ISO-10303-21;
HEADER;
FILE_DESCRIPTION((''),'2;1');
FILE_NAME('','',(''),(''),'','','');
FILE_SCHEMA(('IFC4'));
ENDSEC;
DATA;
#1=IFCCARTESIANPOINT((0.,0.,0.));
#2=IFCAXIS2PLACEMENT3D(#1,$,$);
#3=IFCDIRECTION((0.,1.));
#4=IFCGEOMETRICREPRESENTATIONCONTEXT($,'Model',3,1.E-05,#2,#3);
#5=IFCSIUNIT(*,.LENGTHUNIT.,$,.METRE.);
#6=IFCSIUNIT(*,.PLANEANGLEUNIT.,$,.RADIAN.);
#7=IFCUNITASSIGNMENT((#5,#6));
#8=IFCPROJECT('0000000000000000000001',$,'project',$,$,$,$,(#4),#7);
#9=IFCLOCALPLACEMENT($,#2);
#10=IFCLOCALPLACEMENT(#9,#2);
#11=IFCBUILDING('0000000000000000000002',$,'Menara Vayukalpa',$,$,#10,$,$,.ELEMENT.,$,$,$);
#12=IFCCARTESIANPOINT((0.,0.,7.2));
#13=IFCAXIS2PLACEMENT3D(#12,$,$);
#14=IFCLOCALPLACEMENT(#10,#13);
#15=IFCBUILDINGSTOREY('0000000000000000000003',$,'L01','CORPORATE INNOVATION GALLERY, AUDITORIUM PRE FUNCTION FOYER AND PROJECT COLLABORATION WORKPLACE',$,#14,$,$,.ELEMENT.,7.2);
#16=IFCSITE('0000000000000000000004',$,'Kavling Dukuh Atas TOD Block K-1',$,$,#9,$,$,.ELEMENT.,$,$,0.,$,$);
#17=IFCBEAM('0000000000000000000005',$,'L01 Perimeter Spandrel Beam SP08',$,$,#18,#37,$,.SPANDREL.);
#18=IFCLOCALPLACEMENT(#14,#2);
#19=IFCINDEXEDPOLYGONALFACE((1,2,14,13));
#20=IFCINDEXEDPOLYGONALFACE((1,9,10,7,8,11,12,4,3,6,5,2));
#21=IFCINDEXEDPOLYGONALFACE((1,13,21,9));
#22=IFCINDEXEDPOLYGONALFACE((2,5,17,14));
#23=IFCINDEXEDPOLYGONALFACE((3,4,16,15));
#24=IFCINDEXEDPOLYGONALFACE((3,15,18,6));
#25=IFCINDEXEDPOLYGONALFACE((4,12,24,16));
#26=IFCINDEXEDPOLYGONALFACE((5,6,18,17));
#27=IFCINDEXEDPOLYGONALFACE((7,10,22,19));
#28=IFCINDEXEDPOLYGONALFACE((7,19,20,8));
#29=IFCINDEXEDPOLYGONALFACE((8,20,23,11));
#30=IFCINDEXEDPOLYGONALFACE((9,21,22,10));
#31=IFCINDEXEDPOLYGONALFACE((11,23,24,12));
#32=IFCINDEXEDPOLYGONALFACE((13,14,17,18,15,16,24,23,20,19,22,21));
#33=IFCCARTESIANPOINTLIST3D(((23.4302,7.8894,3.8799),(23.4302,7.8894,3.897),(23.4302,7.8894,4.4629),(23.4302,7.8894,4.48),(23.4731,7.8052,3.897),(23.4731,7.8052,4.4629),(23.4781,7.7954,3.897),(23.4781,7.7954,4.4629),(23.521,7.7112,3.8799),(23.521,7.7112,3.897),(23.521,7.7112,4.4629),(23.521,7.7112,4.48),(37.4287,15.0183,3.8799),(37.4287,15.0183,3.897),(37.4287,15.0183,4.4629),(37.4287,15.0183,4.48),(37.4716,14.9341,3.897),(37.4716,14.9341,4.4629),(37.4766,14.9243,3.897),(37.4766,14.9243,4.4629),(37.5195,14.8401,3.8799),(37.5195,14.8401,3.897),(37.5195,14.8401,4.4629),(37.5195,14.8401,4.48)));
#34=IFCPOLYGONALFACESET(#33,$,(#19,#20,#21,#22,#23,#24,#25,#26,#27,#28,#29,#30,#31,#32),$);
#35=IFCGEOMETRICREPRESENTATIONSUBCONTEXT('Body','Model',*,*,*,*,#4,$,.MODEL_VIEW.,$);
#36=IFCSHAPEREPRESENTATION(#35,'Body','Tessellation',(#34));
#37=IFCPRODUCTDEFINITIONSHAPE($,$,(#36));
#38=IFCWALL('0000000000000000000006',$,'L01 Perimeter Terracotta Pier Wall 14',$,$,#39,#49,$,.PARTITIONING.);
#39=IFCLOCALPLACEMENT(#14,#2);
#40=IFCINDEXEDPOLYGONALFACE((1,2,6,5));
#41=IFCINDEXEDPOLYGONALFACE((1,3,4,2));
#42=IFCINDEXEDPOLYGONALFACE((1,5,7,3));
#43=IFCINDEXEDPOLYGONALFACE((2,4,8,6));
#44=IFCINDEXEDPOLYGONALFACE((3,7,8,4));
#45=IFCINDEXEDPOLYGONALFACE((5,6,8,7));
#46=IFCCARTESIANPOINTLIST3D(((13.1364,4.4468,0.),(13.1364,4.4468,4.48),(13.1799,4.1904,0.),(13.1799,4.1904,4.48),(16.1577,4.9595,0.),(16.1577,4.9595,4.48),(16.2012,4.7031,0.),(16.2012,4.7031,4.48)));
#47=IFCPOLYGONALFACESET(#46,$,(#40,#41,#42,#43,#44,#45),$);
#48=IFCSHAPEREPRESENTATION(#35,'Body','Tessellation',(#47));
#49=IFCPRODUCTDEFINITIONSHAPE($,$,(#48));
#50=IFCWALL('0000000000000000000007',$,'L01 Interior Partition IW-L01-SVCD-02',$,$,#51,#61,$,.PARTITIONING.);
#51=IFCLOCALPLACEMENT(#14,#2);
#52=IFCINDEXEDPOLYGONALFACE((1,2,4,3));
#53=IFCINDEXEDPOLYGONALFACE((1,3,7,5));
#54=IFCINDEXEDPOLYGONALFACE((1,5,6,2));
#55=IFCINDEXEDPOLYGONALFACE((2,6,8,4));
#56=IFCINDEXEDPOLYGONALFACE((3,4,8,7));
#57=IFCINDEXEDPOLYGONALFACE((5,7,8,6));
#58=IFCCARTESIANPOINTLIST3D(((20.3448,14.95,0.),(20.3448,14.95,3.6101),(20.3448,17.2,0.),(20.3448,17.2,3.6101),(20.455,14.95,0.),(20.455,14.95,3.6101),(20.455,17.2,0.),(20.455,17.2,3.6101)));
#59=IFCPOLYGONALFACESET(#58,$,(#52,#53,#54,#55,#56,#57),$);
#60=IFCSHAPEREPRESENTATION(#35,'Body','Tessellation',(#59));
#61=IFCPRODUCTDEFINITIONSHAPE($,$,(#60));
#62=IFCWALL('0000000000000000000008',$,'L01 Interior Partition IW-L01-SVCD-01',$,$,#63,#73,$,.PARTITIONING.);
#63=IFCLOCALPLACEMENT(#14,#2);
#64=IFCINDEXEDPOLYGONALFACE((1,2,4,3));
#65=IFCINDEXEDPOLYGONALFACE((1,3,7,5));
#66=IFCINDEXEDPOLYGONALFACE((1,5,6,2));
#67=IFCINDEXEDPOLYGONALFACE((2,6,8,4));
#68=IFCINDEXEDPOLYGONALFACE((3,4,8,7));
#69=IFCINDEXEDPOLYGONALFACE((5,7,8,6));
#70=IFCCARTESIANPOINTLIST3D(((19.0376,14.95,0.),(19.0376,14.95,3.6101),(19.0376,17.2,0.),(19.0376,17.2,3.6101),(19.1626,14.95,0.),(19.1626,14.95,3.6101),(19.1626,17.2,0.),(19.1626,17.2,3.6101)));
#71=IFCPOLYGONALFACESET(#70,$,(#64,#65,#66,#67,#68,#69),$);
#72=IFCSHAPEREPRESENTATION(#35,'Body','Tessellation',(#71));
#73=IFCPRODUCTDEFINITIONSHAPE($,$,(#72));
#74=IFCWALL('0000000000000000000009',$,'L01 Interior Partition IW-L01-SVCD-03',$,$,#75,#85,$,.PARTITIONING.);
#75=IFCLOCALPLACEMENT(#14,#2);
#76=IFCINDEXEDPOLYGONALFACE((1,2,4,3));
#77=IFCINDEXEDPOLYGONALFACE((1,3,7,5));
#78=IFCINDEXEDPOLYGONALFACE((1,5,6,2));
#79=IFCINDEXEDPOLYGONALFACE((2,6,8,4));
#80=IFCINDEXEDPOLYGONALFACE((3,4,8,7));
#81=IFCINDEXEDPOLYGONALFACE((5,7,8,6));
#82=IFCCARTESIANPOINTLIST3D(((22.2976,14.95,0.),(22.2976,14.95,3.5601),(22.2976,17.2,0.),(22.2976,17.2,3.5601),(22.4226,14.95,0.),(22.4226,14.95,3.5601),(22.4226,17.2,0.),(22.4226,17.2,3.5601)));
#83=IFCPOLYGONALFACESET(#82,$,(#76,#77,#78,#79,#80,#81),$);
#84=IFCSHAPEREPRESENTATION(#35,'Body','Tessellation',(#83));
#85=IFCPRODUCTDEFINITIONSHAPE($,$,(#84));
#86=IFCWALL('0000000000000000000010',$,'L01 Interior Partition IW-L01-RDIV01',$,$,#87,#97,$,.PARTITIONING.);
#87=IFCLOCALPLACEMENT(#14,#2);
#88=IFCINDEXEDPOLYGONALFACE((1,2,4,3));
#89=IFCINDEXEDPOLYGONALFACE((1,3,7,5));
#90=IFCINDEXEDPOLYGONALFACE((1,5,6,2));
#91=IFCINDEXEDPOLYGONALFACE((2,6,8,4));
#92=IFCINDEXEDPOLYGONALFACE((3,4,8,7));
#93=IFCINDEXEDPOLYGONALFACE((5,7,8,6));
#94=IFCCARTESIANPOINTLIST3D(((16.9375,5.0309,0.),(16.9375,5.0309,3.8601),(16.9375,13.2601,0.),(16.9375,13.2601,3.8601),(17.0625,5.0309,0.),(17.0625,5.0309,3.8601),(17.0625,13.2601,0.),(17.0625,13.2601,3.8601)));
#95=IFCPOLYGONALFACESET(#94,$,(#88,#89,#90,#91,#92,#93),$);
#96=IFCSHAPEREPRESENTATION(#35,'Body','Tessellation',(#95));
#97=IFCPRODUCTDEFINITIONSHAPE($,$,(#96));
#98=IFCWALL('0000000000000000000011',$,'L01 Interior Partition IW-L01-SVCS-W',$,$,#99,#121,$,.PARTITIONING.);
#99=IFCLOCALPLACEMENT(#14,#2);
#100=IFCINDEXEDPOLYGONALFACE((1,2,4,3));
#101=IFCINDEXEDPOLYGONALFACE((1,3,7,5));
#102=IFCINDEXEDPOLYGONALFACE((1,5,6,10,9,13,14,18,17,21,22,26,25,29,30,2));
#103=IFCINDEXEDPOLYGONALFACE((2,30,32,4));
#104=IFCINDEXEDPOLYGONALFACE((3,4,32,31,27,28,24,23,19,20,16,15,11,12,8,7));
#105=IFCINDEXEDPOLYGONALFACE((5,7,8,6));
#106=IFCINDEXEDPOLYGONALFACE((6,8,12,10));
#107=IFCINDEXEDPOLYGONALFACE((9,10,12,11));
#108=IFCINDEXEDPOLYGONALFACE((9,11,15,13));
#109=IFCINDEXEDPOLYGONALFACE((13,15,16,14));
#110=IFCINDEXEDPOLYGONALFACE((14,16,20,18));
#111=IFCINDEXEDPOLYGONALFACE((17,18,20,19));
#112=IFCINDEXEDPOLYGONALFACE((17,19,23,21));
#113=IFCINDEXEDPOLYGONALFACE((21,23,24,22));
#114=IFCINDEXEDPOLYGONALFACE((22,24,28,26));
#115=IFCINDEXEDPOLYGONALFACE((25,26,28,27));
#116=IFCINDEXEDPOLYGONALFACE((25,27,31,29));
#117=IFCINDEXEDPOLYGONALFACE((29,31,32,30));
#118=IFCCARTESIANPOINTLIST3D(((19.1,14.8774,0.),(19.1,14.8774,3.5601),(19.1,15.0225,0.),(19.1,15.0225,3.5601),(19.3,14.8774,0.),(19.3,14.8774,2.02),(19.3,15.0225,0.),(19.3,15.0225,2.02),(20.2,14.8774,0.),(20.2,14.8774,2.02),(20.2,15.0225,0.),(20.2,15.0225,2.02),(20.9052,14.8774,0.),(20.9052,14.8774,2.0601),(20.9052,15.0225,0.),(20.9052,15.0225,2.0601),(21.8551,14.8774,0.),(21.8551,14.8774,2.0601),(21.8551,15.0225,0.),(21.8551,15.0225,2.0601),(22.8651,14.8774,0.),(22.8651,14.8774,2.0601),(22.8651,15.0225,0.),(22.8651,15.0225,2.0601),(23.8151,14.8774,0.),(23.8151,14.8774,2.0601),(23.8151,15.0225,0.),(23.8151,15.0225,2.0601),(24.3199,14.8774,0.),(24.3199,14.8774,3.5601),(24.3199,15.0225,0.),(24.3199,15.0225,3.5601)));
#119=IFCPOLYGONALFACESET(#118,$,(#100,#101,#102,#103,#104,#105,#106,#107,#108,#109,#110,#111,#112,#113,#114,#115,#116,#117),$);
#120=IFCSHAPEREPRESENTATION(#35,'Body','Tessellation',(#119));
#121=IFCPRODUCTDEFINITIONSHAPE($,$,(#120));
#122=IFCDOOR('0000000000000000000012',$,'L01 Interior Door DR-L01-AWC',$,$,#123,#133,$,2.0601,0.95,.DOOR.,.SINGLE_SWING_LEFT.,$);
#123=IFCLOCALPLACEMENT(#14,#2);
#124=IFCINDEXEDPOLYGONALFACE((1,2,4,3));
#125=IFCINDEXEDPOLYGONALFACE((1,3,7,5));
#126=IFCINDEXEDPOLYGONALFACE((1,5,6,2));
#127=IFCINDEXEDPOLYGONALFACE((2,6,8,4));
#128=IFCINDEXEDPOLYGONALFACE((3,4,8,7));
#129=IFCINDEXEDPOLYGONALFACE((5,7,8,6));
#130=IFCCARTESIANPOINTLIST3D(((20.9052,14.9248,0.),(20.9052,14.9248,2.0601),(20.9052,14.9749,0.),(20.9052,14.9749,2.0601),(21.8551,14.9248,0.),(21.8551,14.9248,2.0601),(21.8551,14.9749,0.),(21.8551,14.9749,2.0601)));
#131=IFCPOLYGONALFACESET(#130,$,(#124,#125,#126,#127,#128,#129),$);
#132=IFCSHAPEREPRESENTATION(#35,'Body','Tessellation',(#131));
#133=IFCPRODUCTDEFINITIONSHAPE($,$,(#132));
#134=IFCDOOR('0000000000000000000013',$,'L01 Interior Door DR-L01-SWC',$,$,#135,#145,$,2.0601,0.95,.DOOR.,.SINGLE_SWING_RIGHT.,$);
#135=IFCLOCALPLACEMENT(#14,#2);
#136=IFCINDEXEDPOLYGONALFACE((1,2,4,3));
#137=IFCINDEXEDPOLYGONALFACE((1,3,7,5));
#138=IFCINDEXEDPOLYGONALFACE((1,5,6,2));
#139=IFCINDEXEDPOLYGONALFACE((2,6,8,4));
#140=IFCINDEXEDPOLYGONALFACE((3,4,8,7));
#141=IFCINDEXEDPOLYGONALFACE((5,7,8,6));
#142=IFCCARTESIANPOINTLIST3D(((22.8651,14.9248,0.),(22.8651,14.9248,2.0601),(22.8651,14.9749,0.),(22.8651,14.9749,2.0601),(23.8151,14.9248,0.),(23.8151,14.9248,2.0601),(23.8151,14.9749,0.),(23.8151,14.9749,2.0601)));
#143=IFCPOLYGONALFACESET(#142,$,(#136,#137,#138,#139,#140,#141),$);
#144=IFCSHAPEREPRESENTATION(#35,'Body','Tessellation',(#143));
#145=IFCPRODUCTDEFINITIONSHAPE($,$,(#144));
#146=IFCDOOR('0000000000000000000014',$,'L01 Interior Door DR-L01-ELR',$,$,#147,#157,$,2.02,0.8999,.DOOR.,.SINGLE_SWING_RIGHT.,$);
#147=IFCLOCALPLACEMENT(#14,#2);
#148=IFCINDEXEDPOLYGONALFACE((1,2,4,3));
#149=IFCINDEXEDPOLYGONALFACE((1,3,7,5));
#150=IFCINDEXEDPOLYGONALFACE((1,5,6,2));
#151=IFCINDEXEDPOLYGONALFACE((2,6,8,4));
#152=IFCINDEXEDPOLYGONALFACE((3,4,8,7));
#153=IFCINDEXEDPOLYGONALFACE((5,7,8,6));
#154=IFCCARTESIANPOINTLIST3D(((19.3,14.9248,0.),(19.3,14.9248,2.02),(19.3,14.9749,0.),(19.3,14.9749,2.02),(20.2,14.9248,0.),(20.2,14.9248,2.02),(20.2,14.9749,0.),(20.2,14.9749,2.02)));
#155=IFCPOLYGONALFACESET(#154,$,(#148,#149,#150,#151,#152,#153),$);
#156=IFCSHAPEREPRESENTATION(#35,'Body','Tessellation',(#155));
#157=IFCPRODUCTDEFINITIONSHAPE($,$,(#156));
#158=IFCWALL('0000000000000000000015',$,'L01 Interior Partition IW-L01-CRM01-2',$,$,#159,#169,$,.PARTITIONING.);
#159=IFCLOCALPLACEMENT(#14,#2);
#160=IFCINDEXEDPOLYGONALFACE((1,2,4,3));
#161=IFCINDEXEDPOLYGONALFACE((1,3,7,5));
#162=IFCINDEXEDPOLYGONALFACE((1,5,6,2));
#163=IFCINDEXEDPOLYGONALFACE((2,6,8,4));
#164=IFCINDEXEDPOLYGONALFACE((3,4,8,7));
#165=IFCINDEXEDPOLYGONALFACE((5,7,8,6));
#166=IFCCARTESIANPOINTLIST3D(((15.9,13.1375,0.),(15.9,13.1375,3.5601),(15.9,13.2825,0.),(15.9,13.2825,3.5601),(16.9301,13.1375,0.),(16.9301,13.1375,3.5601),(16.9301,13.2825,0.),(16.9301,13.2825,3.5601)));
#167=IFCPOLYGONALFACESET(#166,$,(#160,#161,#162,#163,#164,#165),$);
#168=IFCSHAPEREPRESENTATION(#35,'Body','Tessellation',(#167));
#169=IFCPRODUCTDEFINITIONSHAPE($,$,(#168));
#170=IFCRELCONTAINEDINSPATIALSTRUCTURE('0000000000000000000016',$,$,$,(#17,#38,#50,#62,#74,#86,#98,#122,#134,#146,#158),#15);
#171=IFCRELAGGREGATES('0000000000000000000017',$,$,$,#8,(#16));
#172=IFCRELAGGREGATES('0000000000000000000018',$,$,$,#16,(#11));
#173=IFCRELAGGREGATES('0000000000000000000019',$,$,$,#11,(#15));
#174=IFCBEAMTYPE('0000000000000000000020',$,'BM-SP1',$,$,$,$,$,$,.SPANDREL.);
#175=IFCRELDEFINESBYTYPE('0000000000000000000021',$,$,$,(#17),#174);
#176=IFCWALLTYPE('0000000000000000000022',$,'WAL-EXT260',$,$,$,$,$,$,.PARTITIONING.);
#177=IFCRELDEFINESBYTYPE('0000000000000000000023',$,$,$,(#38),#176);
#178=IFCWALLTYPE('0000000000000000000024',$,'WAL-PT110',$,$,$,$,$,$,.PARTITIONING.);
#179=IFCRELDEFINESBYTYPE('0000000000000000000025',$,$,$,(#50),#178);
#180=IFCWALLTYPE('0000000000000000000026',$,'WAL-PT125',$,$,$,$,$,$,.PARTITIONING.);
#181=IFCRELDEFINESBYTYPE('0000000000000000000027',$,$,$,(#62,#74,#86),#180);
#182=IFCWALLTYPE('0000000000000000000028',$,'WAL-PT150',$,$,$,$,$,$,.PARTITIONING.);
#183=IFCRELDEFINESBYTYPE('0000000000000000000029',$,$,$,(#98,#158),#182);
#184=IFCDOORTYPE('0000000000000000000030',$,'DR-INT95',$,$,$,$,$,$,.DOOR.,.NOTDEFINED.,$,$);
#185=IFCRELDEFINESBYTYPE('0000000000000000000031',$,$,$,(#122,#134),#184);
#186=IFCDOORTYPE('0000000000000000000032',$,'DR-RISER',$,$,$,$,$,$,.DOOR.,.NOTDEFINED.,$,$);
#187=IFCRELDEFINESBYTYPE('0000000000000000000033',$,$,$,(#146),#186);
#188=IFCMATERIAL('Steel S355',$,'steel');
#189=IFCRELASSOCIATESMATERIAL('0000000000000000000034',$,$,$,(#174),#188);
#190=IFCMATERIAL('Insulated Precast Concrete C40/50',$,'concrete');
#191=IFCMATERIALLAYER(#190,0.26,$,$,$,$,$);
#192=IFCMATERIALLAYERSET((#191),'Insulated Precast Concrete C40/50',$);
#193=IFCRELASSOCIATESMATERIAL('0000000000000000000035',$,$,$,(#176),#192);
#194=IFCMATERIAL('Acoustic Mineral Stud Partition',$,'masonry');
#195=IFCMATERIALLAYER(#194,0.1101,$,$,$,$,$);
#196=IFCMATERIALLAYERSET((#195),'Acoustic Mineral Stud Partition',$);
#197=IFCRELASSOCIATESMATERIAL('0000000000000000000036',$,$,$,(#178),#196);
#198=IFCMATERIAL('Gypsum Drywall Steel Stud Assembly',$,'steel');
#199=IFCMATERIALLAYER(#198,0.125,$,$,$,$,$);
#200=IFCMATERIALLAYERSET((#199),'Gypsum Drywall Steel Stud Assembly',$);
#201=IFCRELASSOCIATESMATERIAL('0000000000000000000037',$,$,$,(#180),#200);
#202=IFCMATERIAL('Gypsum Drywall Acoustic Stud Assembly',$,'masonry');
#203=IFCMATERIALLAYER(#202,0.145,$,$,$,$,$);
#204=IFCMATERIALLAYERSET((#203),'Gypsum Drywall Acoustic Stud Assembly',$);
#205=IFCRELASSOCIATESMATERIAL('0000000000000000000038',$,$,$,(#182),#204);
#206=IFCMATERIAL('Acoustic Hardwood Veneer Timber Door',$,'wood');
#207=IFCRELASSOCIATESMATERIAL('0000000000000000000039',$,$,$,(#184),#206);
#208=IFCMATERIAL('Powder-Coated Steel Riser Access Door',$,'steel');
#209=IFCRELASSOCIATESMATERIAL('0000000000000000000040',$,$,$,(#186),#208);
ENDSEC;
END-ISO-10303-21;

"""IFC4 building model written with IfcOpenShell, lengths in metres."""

from ifc_helpers import new_model, si_unit, direction, frame, frame_2d, origin, origin_2d, place, context, subcontext, project, spatial, rectangle, i_section, extrude, material, layer, layer_set, material_profile, profile_set, type_object, element, fill, save


model = new_model("IFC4")

# Units and contexts
model_context = context("Model", 3, precision=1e-05, world=origin(), true_north=direction((0.0, 1.0)))
body_context = subcontext(model_context, "Body", "Model", "MODEL_VIEW")
ifc_project = project(units=[si_unit("LENGTHUNIT", "METRE"), si_unit("PLANEANGLEUNIT", "RADIAN")], contexts=[model_context])

# Site, building, storey
site_placement = place(None, origin())
site = spatial("IfcSite", under=ifc_project, at=site_placement, Name="Kavling Dukuh Atas TOD Block K-1", CompositionType="ELEMENT", RefElevation=0.0)
building_placement = place(site_placement, origin())
building = spatial("IfcBuilding", under=site, at=building_placement, Name="Menara Vayukalpa", CompositionType="ELEMENT")
storey_placement = place(building_placement, frame((0.0, 0.0, 7.2)))
storey = spatial("IfcBuildingStorey", under=building, at=storey_placement, Name="L01", Description="CORPORATE INNOVATION GALLERY, AUDITORIUM PRE FUNCTION FOYER AND PROJECT COLLABORATION WORKPLACE", CompositionType="ELEMENT", Elevation=7.2)

# Beam
ifc_material_1 = material(Name="Steel S355", Category="steel")
ifc_material_profile_1 = material_profile(ifc_material_1, i_section(OverallWidth=0.2, OverallDepth=0.6001, WebThickness=0.011, FlangeThickness=0.0171, at=origin_2d()), Name="WF 600x200x11x17")
ifc_profile_set_1 = profile_set([ifc_material_profile_1], Name="Steel S355")
beam_type_1 = type_object("IfcBeamType", Name="BM-SP1", PredefinedType="SPANDREL", material=ifc_profile_set_1)
beam_1_placement = place(storey_placement, frame((23.4756, 7.8003, 4.1799), z_axis=(0.891102, 0.453803, 0.0), x_axis=(-0.453803, 0.891102, 0.0)))
element("IfcBeam", 1, at=beam_1_placement, inside=storey, type_object=beam_type_1, Name="L01 Perimeter Spandrel Beam SP08", PredefinedType="SPANDREL", context=body_context, shape_type="SweptSolid", body=[
    extrude(i_section(OverallWidth=0.2, OverallDepth=0.6001, WebThickness=0.011, FlangeThickness=0.0171, at=origin_2d()), origin(), (0.0, 0.0, 1.0), 15.7092),
])

# Walls
ifc_material_2 = material(Name="Insulated Precast Concrete C40/50", Category="concrete")
ifc_layer_1 = layer(ifc_material_2, 0.26)
ifc_layer_set_1 = layer_set([ifc_layer_1], Name="Insulated Precast Concrete C40/50")
wall_type_1 = type_object("IfcWallType", Name="WAL-EXT260", PredefinedType="PARTITIONING", material=ifc_layer_set_1)
wall_1_placement = place(storey_placement, frame((16.1794, 4.8313, 0.0), z_axis=(0.0, 0.0, 1.0), x_axis=(-0.985905, -0.167305, 0.0)))
element("IfcWall", 2, at=wall_1_placement, inside=storey, type_object=wall_type_1, Name="L01 Perimeter Terracotta Pier Wall 14", PredefinedType="PARTITIONING", context=body_context, shape_type="SweptSolid", body=[
    extrude(rectangle(XDim=3.0645, YDim=0.26, at=frame_2d((1.5322, 0.0))), origin(), (0.0, 0.0, 1.0), 4.48),
])
ifc_material_3 = material(Name="Acoustic Mineral Stud Partition", Category="masonry")
ifc_layer_2 = layer(ifc_material_3, 0.1101)
ifc_layer_set_2 = layer_set([ifc_layer_2], Name="Acoustic Mineral Stud Partition")
wall_type_2 = type_object("IfcWallType", Name="WAL-PT110", PredefinedType="PARTITIONING", material=ifc_layer_set_2)
wall_2_placement = place(storey_placement, frame((20.3999, 14.95, 0.0), z_axis=(0.0, 0.0, 1.0), x_axis=(0.0, 1.0, 0.0)))
element("IfcWall", 3, at=wall_2_placement, inside=storey, type_object=wall_type_2, Name="L01 Interior Partition IW-L01-SVCD-02", PredefinedType="PARTITIONING", context=body_context, shape_type="SweptSolid", body=[
    extrude(rectangle(XDim=2.25, YDim=0.1101, at=frame_2d((1.125, 0.0))), origin(), (0.0, 0.0, 1.0), 3.6101),
])
ifc_material_4 = material(Name="Gypsum Drywall Steel Stud Assembly", Category="steel")
ifc_layer_3 = layer(ifc_material_4, 0.125)
ifc_layer_set_3 = layer_set([ifc_layer_3], Name="Gypsum Drywall Steel Stud Assembly")
wall_type_3 = type_object("IfcWallType", Name="WAL-PT125", PredefinedType="PARTITIONING", material=ifc_layer_set_3)
wall_3_placement = place(storey_placement, frame((19.1001, 14.95, 0.0), z_axis=(0.0, 0.0, 1.0), x_axis=(0.0, 1.0, 0.0)))
element("IfcWall", 4, at=wall_3_placement, inside=storey, type_object=wall_type_3, Name="L01 Interior Partition IW-L01-SVCD-01", PredefinedType="PARTITIONING", context=body_context, shape_type="SweptSolid", body=[
    extrude(rectangle(XDim=2.25, YDim=0.125, at=frame_2d((1.125, 0.0))), origin(), (0.0, 0.0, 1.0), 3.6101),
])
wall_4_placement = place(storey_placement, frame((22.3601, 14.95, 0.0), z_axis=(0.0, 0.0, 1.0), x_axis=(0.0, 1.0, 0.0)))
element("IfcWall", 5, at=wall_4_placement, inside=storey, type_object=wall_type_3, Name="L01 Interior Partition IW-L01-SVCD-03", PredefinedType="PARTITIONING", context=body_context, shape_type="SweptSolid", body=[
    extrude(rectangle(XDim=2.25, YDim=0.125, at=frame_2d((1.125, 0.0))), origin(), (0.0, 0.0, 1.0), 3.5601),
])
wall_5_placement = place(storey_placement, frame((17.0, 5.0308, 0.0), z_axis=(0.0, 0.0, 1.0), x_axis=(0.0, 1.0, 0.0)))
element("IfcWall", 6, at=wall_5_placement, inside=storey, type_object=wall_type_3, Name="L01 Interior Partition IW-L01-RDIV01", PredefinedType="PARTITIONING", context=body_context, shape_type="SweptSolid", body=[
    extrude(rectangle(XDim=8.2292, YDim=0.125, at=frame_2d((4.1147, 0.0))), origin(), (0.0, 0.0, 1.0), 3.8601),
])

# Wall, openings, doors
ifc_material_5 = material(Name="Gypsum Drywall Acoustic Stud Assembly", Category="masonry")
ifc_layer_4 = layer(ifc_material_5, 0.145)
ifc_layer_set_4 = layer_set([ifc_layer_4], Name="Gypsum Drywall Acoustic Stud Assembly")
wall_type_4 = type_object("IfcWallType", Name="WAL-PT150", PredefinedType="PARTITIONING", material=ifc_layer_set_4)
wall_6_placement = place(storey_placement, frame((19.1001, 14.95, 0.0), z_axis=(0.0, 0.0, 1.0), x_axis=(1.0, 0.0, 0.0)))
wall_6 = element("IfcWall", 7, at=wall_6_placement, inside=storey, type_object=wall_type_4, Name="L01 Interior Partition IW-L01-SVCS-W", PredefinedType="PARTITIONING", context=body_context, shape_type="SweptSolid", body=[
    extrude(rectangle(XDim=5.22, YDim=0.145, at=frame_2d((2.6099, 0.0))), origin(), (0.0, 0.0, 1.0), 3.5601),
])
opening_1_placement = place(wall_6_placement, frame((0.2, 0.0, 0.0)))
opening_1 = element("IfcOpeningElement", 8, at=opening_1_placement, cuts=wall_6, PredefinedType="OPENING", context=body_context, shape_type="SweptSolid", body=[
    extrude(rectangle(XDim=0.8999, YDim=2.02, at=frame_2d((0.45, 1.01))), frame((0.0, 0.0825, 0.0), z_axis=(0.0, -1.0, 0.0), x_axis=(1.0, 0.0, 0.0)), (0.0, 0.0, 1.0), 0.165),
])
opening_2_placement = place(wall_6_placement, frame((1.8049, 0.0, 0.0)))
opening_2 = element("IfcOpeningElement", 9, at=opening_2_placement, cuts=wall_6, PredefinedType="OPENING", context=body_context, shape_type="SweptSolid", body=[
    extrude(rectangle(XDim=0.95, YDim=2.0601, at=frame_2d((0.4751, 1.03))), frame((0.0, 0.0825, 0.0), z_axis=(0.0, -1.0, 0.0), x_axis=(1.0, 0.0, 0.0)), (0.0, 0.0, 1.0), 0.165),
])
opening_3_placement = place(wall_6_placement, frame((3.7649, 0.0, 0.0)))
opening_3 = element("IfcOpeningElement", 10, at=opening_3_placement, cuts=wall_6, PredefinedType="OPENING", context=body_context, shape_type="SweptSolid", body=[
    extrude(rectangle(XDim=0.95, YDim=2.0601, at=frame_2d((0.4751, 1.03))), frame((0.0, 0.0825, 0.0), z_axis=(0.0, -1.0, 0.0), x_axis=(1.0, 0.0, 0.0)), (0.0, 0.0, 1.0), 0.165),
])
ifc_material_6 = material(Name="Acoustic Hardwood Veneer Timber Door", Category="wood")
door_type_1 = type_object("IfcDoorType", Name="DR-INT95", OperationType="NOTDEFINED", PredefinedType="DOOR", material=ifc_material_6)
door_1_placement = place(opening_2_placement, origin())
door_1 = element("IfcDoor", 11, at=door_1_placement, inside=storey, type_object=door_type_1, Name="L01 Interior Door DR-L01-AWC", OperationType="SINGLE_SWING_LEFT", OverallHeight=2.0601, OverallWidth=0.95, PredefinedType="DOOR", context=body_context, shape_type="SweptSolid", body=[
    extrude(rectangle(XDim=0.95, YDim=2.0601, at=frame_2d((0.4751, 1.03))), frame((0.0, 0.0249, 0.0), z_axis=(0.0, -1.0, 0.0), x_axis=(1.0, 0.0, 0.0)), (0.0, 0.0, 1.0), 0.05),
])
fill(opening_2, door_1)
door_2_placement = place(opening_3_placement, origin())
door_2 = element("IfcDoor", 12, at=door_2_placement, inside=storey, type_object=door_type_1, Name="L01 Interior Door DR-L01-SWC", OperationType="SINGLE_SWING_RIGHT", OverallHeight=2.0601, OverallWidth=0.95, PredefinedType="DOOR", context=body_context, shape_type="SweptSolid", body=[
    extrude(rectangle(XDim=0.95, YDim=2.0601, at=frame_2d((0.4751, 1.03))), frame((0.0, 0.0249, 0.0), z_axis=(0.0, -1.0, 0.0), x_axis=(1.0, 0.0, 0.0)), (0.0, 0.0, 1.0), 0.05),
])
fill(opening_3, door_2)
ifc_material_7 = material(Name="Powder-Coated Steel Riser Access Door", Category="steel")
door_type_2 = type_object("IfcDoorType", Name="DR-RISER", OperationType="NOTDEFINED", PredefinedType="DOOR", material=ifc_material_7)
door_3_placement = place(opening_1_placement, origin())
door_3 = element("IfcDoor", 13, at=door_3_placement, inside=storey, type_object=door_type_2, Name="L01 Interior Door DR-L01-ELR", OperationType="SINGLE_SWING_RIGHT", OverallHeight=2.02, OverallWidth=0.8999, PredefinedType="DOOR", context=body_context, shape_type="SweptSolid", body=[
    extrude(rectangle(XDim=0.8999, YDim=2.02, at=frame_2d((0.45, 1.01))), frame((0.0, 0.0249, 0.0), z_axis=(0.0, -1.0, 0.0), x_axis=(1.0, 0.0, 0.0)), (0.0, 0.0, 1.0), 0.05),
])
fill(opening_1, door_3)

# Wall
wall_7_placement = place(storey_placement, frame((15.8999, 13.21, 0.0), z_axis=(0.0, 0.0, 1.0), x_axis=(1.0, 0.0, 0.0)))
element("IfcWall", 14, at=wall_7_placement, inside=storey, type_object=wall_type_4, Name="L01 Interior Partition IW-L01-CRM01-2", PredefinedType="PARTITIONING", context=body_context, shape_type="SweptSolid", body=[
    extrude(rectangle(XDim=1.03, YDim=0.145, at=frame_2d((0.5151, 0.0))), origin(), (0.0, 0.0, 1.0), 3.5601),
])

save(model, "model.ifc")
